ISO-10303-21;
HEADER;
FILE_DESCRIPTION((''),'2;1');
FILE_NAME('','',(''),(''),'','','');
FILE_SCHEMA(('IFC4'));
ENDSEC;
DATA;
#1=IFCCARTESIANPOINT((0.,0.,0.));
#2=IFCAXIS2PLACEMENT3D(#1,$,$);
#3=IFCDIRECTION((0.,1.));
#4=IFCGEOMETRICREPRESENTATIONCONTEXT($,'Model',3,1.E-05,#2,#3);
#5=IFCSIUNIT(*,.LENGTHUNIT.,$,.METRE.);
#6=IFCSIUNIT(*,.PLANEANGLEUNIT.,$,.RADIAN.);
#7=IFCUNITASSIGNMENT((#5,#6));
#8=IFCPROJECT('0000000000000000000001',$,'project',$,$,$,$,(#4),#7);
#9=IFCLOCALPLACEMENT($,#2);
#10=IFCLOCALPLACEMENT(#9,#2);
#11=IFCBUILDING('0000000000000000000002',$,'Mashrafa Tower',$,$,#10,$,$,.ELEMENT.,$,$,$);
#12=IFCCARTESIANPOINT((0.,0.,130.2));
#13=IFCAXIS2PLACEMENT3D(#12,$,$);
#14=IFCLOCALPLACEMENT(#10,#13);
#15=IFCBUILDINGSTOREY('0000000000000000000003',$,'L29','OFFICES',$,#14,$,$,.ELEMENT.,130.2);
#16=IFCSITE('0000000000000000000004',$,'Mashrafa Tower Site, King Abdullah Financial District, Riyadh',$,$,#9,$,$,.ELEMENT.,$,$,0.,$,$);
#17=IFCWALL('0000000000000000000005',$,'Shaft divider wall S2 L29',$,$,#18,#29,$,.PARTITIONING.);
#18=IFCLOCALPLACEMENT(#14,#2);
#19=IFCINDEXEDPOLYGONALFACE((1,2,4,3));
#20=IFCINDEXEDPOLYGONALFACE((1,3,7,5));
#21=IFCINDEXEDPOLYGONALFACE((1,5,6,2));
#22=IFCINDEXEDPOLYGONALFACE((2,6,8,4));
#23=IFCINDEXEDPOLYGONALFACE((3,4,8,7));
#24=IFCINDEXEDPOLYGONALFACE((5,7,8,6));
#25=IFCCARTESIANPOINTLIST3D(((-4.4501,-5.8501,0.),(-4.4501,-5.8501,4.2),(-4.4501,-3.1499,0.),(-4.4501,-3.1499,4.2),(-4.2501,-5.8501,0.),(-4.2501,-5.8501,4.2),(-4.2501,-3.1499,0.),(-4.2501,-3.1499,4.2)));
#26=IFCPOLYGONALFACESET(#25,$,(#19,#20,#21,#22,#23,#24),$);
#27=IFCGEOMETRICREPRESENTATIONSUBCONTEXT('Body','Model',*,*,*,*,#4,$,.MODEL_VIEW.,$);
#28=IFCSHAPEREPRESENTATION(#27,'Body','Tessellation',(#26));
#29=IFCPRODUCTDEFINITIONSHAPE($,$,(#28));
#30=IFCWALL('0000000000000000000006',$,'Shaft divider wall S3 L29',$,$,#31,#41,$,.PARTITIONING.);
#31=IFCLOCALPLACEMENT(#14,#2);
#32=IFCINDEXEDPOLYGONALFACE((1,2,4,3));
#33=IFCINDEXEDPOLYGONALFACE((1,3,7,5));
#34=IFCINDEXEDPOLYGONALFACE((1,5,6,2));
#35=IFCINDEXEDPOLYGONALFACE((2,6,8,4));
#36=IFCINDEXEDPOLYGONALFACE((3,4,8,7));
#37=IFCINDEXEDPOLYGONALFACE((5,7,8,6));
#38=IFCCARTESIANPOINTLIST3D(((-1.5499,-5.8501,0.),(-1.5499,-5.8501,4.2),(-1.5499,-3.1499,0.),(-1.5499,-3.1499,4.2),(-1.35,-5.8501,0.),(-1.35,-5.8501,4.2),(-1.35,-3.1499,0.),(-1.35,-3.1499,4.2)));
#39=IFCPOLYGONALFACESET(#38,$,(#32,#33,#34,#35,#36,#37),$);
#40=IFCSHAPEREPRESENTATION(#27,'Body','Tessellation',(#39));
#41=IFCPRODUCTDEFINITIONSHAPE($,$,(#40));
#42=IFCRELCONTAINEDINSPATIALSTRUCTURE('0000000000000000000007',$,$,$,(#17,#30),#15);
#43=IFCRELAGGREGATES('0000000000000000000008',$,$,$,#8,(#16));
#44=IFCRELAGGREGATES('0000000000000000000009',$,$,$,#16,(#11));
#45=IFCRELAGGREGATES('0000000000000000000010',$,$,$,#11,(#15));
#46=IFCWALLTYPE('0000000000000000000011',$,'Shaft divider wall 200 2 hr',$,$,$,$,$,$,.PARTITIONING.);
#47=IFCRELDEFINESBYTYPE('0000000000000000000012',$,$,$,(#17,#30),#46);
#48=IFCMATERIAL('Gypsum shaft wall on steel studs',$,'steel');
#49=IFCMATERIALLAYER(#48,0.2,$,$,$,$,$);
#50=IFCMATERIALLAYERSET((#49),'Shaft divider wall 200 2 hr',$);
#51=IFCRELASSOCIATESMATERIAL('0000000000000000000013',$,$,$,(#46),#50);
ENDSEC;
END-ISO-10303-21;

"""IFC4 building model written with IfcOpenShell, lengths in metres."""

from ifc_helpers import new_model, si_unit, direction, frame, frame_2d, origin, place, context, subcontext, project, spatial, rectangle, extrude, material, layer, layer_set, type_object, element, save


model = new_model("IFC4")

# Units and contexts
model_context = context("Model", 3, precision=1e-05, world=origin(), true_north=direction((0.0, 1.0)))
body_context = subcontext(model_context, "Body", "Model", "MODEL_VIEW")
ifc_project = project(units=[si_unit("LENGTHUNIT", "METRE"), si_unit("PLANEANGLEUNIT", "RADIAN")], contexts=[model_context])

# Site, building, storey
site_placement = place(None, origin())
site = spatial("IfcSite", under=ifc_project, at=site_placement, Name="Mashrafa Tower Site, King Abdullah Financial District, Riyadh", CompositionType="ELEMENT", RefElevation=0.0)
building_placement = place(site_placement, origin())
building = spatial("IfcBuilding", under=site, at=building_placement, Name="Mashrafa Tower", CompositionType="ELEMENT")
storey_placement = place(building_placement, frame((0.0, 0.0, 130.2)))
storey = spatial("IfcBuildingStorey", under=building, at=storey_placement, Name="L29", Description="OFFICES", CompositionType="ELEMENT", Elevation=130.2)

# Walls
ifc_material_1 = material(Name="Gypsum shaft wall on steel studs", Category="steel")
ifc_layer_1 = layer(ifc_material_1, 0.2)
ifc_layer_set_1 = layer_set([ifc_layer_1], Name="Shaft divider wall 200 2 hr")
wall_type_1 = type_object("IfcWallType", Name="Shaft divider wall 200 2 hr", PredefinedType="PARTITIONING", material=ifc_layer_set_1)
for number, where, z_axis, x_axis, name in (
    (1, (-4.3501, -5.8501, 0.0), (0.0, 0.0, 1.0), (0.0, 1.0, 0.0), "Shaft divider wall S2 L29"),
    (2, (-1.45, -5.8501, 0.0), (0.0, 0.0, 1.0), (0.0, 1.0, 0.0), "Shaft divider wall S3 L29"),
):
    element("IfcWall", number, at=place(storey_placement, frame(where, z_axis=z_axis, x_axis=x_axis)), inside=storey, type_object=wall_type_1, Name=name, PredefinedType="PARTITIONING", context=body_context, shape_type="SweptSolid", body=[
        extrude(rectangle(XDim=2.7002, YDim=0.2, at=frame_2d((1.3501, 0.0))), origin(), (0.0, 0.0, 1.0), 4.2),
    ])

save(model, "model.ifc")
